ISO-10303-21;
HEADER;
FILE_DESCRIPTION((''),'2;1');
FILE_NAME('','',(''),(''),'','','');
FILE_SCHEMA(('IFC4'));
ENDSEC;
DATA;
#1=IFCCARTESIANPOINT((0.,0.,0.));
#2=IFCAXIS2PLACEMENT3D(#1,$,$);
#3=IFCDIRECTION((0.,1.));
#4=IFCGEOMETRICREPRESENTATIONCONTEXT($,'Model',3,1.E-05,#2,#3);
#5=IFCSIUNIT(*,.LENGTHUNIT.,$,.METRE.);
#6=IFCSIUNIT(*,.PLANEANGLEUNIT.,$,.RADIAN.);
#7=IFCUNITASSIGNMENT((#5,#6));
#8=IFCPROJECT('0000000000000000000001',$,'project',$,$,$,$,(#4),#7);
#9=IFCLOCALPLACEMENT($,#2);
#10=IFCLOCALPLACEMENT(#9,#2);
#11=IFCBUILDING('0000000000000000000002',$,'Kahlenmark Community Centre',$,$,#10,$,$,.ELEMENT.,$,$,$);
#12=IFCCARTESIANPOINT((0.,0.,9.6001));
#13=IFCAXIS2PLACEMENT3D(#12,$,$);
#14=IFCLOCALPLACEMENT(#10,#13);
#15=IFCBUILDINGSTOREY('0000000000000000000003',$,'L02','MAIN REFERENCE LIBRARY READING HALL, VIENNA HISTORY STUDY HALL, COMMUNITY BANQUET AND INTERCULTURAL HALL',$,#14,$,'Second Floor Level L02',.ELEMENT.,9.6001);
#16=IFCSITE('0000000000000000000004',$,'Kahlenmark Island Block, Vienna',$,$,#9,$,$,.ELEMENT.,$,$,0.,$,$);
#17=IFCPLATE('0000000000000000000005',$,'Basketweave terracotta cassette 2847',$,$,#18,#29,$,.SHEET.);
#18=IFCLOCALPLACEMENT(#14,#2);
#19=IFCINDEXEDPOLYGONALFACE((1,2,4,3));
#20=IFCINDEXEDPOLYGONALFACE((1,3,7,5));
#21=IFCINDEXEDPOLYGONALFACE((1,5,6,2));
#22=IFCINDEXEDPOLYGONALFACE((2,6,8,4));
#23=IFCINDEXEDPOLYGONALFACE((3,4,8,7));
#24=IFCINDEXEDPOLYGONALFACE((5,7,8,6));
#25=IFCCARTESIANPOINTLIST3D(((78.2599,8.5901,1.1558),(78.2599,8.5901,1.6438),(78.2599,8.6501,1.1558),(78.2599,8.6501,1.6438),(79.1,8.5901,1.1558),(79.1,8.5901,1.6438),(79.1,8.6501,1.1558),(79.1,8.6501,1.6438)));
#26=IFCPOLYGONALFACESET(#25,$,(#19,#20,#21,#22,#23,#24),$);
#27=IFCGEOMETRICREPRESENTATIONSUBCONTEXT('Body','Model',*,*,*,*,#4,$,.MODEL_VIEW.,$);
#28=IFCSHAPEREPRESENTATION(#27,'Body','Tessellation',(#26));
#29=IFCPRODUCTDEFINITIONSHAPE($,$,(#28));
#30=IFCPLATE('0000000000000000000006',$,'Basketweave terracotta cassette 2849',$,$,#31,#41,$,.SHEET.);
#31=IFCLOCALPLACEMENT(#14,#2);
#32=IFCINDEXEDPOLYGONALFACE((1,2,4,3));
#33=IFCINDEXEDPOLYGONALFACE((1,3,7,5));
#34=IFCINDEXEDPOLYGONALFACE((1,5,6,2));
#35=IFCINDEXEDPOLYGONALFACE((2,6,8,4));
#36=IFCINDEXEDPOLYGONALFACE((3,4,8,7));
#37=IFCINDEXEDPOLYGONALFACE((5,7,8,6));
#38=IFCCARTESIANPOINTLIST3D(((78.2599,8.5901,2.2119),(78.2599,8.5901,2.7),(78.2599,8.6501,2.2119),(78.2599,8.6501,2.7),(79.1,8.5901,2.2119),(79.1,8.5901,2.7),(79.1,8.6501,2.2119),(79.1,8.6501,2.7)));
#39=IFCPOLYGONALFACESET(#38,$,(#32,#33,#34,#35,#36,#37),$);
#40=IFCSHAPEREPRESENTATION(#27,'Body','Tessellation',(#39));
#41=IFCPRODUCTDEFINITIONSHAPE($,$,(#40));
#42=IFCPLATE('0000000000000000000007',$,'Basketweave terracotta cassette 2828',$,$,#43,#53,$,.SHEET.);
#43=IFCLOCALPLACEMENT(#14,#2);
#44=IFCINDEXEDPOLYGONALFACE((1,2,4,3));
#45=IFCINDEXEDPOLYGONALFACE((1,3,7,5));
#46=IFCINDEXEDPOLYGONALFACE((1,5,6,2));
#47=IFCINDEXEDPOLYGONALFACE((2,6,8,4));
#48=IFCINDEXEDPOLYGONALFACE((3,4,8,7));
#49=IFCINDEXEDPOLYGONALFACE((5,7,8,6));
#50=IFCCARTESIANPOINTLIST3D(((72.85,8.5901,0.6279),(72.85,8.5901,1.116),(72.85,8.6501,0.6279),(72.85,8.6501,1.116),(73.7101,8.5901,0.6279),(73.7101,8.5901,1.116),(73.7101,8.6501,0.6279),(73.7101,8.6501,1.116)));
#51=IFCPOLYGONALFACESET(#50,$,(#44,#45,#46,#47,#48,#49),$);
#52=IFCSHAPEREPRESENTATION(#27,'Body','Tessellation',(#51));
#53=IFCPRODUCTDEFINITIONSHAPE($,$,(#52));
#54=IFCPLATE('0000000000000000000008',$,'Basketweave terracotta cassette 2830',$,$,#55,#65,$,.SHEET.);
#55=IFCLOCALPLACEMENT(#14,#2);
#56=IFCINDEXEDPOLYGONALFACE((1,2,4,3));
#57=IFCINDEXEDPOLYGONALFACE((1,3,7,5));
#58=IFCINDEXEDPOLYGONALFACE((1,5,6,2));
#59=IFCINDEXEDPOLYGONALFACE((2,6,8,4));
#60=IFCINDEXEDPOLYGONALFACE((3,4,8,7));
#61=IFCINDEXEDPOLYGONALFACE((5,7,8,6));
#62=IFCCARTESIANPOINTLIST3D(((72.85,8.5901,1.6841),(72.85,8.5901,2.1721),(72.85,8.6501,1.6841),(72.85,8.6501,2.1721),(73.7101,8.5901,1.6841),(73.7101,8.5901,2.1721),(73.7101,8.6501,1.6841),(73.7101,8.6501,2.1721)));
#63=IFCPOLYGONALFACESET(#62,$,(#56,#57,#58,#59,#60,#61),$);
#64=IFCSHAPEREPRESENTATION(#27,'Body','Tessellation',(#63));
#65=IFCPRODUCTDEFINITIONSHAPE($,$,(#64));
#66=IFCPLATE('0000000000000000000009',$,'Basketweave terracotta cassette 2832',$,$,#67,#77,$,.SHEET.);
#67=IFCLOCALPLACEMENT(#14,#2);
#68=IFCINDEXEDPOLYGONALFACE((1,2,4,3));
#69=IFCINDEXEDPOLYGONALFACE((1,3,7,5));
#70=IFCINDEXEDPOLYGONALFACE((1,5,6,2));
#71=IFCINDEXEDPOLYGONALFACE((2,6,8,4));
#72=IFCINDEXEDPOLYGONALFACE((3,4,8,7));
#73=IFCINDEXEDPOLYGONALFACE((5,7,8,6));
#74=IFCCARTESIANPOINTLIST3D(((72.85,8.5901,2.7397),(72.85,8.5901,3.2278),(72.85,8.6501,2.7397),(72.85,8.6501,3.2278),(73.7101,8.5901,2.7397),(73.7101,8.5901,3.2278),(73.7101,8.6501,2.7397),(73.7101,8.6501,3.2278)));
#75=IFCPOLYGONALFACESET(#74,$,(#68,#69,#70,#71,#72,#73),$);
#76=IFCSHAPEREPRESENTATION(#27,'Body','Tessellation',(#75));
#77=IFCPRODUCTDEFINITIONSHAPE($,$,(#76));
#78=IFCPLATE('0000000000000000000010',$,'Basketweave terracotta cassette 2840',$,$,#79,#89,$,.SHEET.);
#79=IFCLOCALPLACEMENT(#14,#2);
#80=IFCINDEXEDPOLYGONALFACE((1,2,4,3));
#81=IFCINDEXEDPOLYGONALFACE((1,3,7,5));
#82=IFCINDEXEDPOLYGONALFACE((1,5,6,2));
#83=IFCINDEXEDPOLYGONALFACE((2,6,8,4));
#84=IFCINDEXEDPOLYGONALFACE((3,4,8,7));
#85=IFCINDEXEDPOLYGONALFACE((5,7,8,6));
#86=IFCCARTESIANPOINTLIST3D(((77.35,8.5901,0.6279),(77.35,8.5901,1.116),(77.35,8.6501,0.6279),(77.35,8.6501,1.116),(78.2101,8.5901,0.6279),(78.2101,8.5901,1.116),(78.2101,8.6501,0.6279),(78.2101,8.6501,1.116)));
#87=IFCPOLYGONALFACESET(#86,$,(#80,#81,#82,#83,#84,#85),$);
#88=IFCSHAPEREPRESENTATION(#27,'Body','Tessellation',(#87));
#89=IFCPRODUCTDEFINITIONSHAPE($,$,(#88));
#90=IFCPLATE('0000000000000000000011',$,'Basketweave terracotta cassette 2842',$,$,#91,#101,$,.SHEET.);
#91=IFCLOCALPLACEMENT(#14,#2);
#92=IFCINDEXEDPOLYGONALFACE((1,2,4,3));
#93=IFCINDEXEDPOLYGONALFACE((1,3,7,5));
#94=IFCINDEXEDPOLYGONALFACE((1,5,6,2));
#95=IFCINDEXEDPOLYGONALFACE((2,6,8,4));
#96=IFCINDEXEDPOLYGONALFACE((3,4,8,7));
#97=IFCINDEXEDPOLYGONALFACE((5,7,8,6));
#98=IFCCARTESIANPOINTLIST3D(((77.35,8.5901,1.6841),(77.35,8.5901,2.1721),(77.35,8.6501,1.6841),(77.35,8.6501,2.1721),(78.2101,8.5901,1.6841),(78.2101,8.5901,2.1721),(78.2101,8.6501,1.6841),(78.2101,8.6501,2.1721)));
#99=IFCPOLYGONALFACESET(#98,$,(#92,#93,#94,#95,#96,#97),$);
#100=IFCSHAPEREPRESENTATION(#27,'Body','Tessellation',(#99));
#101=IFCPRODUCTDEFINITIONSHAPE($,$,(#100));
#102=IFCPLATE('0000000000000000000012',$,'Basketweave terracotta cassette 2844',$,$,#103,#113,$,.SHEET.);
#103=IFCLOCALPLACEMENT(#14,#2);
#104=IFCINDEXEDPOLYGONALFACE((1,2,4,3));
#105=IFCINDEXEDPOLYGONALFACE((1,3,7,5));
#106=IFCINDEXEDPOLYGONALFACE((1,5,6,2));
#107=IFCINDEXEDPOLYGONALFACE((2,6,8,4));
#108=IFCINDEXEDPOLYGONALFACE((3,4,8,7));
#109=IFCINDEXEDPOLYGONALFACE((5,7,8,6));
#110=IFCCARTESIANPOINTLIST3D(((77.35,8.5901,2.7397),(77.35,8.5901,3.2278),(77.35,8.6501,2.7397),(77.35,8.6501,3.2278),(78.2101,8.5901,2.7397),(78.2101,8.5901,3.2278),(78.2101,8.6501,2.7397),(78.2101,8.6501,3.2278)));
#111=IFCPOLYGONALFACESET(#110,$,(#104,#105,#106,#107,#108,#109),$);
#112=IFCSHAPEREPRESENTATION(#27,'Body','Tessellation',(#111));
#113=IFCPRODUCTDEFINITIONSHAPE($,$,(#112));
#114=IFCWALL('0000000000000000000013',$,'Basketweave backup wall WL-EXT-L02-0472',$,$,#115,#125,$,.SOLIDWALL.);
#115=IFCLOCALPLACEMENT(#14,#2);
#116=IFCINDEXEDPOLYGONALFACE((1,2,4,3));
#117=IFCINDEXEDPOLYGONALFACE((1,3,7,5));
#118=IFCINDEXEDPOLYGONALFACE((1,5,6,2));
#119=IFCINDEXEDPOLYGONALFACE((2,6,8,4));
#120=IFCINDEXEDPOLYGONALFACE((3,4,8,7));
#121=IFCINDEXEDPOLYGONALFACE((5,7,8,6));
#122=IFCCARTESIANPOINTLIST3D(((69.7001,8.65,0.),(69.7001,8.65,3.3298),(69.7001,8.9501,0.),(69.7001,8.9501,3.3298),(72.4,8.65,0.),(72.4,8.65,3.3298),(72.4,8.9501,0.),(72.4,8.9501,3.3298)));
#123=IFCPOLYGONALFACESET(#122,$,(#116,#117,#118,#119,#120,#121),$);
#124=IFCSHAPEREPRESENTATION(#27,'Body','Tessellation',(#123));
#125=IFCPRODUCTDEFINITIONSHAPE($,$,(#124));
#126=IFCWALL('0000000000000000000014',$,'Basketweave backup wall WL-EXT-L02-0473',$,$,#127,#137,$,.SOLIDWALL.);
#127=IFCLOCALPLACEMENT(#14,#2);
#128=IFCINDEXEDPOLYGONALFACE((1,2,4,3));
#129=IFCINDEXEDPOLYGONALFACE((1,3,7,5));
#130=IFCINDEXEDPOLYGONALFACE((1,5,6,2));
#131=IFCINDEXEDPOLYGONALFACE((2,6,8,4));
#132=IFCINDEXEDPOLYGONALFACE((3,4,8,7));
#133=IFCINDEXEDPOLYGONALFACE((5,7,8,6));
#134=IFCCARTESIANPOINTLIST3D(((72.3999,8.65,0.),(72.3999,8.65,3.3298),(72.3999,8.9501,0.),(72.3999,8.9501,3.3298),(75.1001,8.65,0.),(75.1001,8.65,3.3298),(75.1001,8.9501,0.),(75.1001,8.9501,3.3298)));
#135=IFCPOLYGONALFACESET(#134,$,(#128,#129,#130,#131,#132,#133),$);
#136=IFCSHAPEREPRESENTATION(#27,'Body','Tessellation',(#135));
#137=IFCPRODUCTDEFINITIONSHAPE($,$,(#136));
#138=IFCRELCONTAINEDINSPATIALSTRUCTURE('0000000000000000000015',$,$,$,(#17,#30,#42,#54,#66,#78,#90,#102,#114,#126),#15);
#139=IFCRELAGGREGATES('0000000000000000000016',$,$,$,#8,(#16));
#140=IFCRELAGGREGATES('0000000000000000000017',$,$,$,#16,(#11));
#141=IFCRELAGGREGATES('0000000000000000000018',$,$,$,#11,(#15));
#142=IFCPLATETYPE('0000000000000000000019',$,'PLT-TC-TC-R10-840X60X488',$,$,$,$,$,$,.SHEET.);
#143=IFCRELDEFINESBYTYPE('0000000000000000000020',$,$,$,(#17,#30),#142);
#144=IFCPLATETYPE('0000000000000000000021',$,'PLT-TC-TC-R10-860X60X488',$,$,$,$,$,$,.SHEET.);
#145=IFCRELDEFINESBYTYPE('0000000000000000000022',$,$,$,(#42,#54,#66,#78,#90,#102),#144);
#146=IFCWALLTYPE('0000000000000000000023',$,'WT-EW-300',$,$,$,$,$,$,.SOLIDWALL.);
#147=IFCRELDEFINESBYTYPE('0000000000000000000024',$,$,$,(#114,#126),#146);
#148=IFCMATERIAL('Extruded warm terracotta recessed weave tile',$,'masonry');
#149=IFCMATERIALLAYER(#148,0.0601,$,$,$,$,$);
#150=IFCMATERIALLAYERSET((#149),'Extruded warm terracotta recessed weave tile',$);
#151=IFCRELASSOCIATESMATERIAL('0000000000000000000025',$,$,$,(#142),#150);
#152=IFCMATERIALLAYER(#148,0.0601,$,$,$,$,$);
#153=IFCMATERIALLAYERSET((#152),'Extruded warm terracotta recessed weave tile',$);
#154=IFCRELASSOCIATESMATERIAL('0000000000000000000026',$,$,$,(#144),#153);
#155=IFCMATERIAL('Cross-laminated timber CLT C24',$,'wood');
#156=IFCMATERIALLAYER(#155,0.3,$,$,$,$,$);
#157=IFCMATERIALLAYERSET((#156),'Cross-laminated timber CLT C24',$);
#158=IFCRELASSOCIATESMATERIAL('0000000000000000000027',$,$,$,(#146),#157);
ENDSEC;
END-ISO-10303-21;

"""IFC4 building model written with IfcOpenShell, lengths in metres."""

from ifc_helpers import new_model, si_unit, direction, frame, frame_2d, origin, origin_2d, place, context, subcontext, project, spatial, rectangle, extrude, material, layer, layer_set, type_object, element, save


model = new_model("IFC4")

# Units and contexts
model_context = context("Model", 3, precision=1e-05, world=origin(), true_north=direction((0.0, 1.0)))
body_context = subcontext(model_context, "Body", "Model", "MODEL_VIEW")
ifc_project = project(units=[si_unit("LENGTHUNIT", "METRE"), si_unit("PLANEANGLEUNIT", "RADIAN")], contexts=[model_context])

# Site, building, storey
site_placement = place(None, origin())
site = spatial("IfcSite", under=ifc_project, at=site_placement, Name="Kahlenmark Island Block, Vienna", CompositionType="ELEMENT", RefElevation=0.0)
building_placement = place(site_placement, origin())
building = spatial("IfcBuilding", under=site, at=building_placement, Name="Kahlenmark Community Centre", CompositionType="ELEMENT")
storey_placement = place(building_placement, frame((0.0, 0.0, 9.6001)))
storey = spatial("IfcBuildingStorey", under=building, at=storey_placement, Name="L02", Description="MAIN REFERENCE LIBRARY READING HALL, VIENNA HISTORY STUDY HALL, COMMUNITY BANQUET AND INTERCULTURAL HALL", LongName="Second Floor Level L02", CompositionType="ELEMENT", Elevation=9.6001)

# Plates
ifc_material_1 = material(Name="Extruded warm terracotta recessed weave tile", Category="masonry")
ifc_layer_1 = layer(ifc_material_1, 0.0601)
ifc_layer_set_1 = layer_set([ifc_layer_1], Name="Extruded warm terracotta recessed weave tile")
plate_type_1 = type_object("IfcPlateType", Name="PLT-TC-TC-R10-840X60X488", PredefinedType="SHEET", material=ifc_layer_set_1)
for number, where, z_axis, x_axis, name in (
    (1, (78.6799, 8.6201, 1.1558), (0.0, 0.0, 1.0), (1.0, 0.0, 0.0), "Basketweave terracotta cassette 2847"),
    (2, (78.6799, 8.6201, 2.2119), (0.0, 0.0, 1.0), (1.0, 0.0, 0.0), "Basketweave terracotta cassette 2849"),
):
    element("IfcPlate", number, at=place(storey_placement, frame(where, z_axis=z_axis, x_axis=x_axis)), inside=storey, type_object=plate_type_1, Name=name, PredefinedType="SHEET", context=body_context, shape_type="SweptSolid", body=[
        extrude(rectangle(XDim=0.8401, YDim=0.0601, at=origin_2d()), origin(), (0.0, 0.0, 1.0), 0.488),
    ])
ifc_layer_2 = layer(ifc_material_1, 0.0601)
ifc_layer_set_2 = layer_set([ifc_layer_2], Name="Extruded warm terracotta recessed weave tile")
plate_type_2 = type_object("IfcPlateType", Name="PLT-TC-TC-R10-860X60X488", PredefinedType="SHEET", material=ifc_layer_set_2)
for number, where, z_axis, x_axis, name in (
    (3, (73.28, 8.6201, 0.6279), (0.0, 0.0, 1.0), (1.0, 0.0, 0.0), "Basketweave terracotta cassette 2828"),
    (4, (73.28, 8.6201, 1.6841), (0.0, 0.0, 1.0), (1.0, 0.0, 0.0), "Basketweave terracotta cassette 2830"),
    (5, (73.28, 8.6201, 2.7397), (0.0, 0.0, 1.0), (1.0, 0.0, 0.0), "Basketweave terracotta cassette 2832"),
    (6, (77.78, 8.6201, 0.6279), (0.0, 0.0, 1.0), (1.0, 0.0, 0.0), "Basketweave terracotta cassette 2840"),
    (7, (77.78, 8.6201, 1.6841), (0.0, 0.0, 1.0), (1.0, 0.0, 0.0), "Basketweave terracotta cassette 2842"),
    (8, (77.78, 8.6201, 2.7397), (0.0, 0.0, 1.0), (1.0, 0.0, 0.0), "Basketweave terracotta cassette 2844"),
):
    element("IfcPlate", number, at=place(storey_placement, frame(where, z_axis=z_axis, x_axis=x_axis)), inside=storey, type_object=plate_type_2, Name=name, PredefinedType="SHEET", context=body_context, shape_type="SweptSolid", body=[
        extrude(rectangle(XDim=0.8601, YDim=0.0601, at=origin_2d()), origin(), (0.0, 0.0, 1.0), 0.488),
    ])

# Walls
ifc_material_2 = material(Name="Cross-laminated timber CLT C24", Category="wood")
ifc_layer_3 = layer(ifc_material_2, 0.3)
ifc_layer_set_3 = layer_set([ifc_layer_3], Name="Cross-laminated timber CLT C24")
wall_type = type_object("IfcWallType", Name="WT-EW-300", PredefinedType="SOLIDWALL", material=ifc_layer_set_3)
wall_1_placement = place(storey_placement, frame((69.7, 8.8, 0.0), z_axis=(0.0, 0.0, 1.0), x_axis=(1.0, 0.0, 0.0)))
element("IfcWall", 9, at=wall_1_placement, inside=storey, type_object=wall_type, Name="Basketweave backup wall WL-EXT-L02-0472", PredefinedType="SOLIDWALL", context=body_context, shape_type="SweptSolid", body=[
    extrude(rectangle(XDim=2.7, YDim=0.3, at=frame_2d((1.3501, 0.0))), origin(), (0.0, 0.0, 1.0), 3.3298),
])
wall_2_placement = place(storey_placement, frame((72.3999, 8.8, 0.0), z_axis=(0.0, 0.0, 1.0), x_axis=(1.0, 0.0, 0.0)))
element("IfcWall", 10, at=wall_2_placement, inside=storey, type_object=wall_type, Name="Basketweave backup wall WL-EXT-L02-0473", PredefinedType="SOLIDWALL", context=body_context, shape_type="SweptSolid", body=[
    extrude(rectangle(XDim=2.7002, YDim=0.3, at=frame_2d((1.3501, 0.0))), origin(), (0.0, 0.0, 1.0), 3.3298),
])

save(model, "model.ifc")
